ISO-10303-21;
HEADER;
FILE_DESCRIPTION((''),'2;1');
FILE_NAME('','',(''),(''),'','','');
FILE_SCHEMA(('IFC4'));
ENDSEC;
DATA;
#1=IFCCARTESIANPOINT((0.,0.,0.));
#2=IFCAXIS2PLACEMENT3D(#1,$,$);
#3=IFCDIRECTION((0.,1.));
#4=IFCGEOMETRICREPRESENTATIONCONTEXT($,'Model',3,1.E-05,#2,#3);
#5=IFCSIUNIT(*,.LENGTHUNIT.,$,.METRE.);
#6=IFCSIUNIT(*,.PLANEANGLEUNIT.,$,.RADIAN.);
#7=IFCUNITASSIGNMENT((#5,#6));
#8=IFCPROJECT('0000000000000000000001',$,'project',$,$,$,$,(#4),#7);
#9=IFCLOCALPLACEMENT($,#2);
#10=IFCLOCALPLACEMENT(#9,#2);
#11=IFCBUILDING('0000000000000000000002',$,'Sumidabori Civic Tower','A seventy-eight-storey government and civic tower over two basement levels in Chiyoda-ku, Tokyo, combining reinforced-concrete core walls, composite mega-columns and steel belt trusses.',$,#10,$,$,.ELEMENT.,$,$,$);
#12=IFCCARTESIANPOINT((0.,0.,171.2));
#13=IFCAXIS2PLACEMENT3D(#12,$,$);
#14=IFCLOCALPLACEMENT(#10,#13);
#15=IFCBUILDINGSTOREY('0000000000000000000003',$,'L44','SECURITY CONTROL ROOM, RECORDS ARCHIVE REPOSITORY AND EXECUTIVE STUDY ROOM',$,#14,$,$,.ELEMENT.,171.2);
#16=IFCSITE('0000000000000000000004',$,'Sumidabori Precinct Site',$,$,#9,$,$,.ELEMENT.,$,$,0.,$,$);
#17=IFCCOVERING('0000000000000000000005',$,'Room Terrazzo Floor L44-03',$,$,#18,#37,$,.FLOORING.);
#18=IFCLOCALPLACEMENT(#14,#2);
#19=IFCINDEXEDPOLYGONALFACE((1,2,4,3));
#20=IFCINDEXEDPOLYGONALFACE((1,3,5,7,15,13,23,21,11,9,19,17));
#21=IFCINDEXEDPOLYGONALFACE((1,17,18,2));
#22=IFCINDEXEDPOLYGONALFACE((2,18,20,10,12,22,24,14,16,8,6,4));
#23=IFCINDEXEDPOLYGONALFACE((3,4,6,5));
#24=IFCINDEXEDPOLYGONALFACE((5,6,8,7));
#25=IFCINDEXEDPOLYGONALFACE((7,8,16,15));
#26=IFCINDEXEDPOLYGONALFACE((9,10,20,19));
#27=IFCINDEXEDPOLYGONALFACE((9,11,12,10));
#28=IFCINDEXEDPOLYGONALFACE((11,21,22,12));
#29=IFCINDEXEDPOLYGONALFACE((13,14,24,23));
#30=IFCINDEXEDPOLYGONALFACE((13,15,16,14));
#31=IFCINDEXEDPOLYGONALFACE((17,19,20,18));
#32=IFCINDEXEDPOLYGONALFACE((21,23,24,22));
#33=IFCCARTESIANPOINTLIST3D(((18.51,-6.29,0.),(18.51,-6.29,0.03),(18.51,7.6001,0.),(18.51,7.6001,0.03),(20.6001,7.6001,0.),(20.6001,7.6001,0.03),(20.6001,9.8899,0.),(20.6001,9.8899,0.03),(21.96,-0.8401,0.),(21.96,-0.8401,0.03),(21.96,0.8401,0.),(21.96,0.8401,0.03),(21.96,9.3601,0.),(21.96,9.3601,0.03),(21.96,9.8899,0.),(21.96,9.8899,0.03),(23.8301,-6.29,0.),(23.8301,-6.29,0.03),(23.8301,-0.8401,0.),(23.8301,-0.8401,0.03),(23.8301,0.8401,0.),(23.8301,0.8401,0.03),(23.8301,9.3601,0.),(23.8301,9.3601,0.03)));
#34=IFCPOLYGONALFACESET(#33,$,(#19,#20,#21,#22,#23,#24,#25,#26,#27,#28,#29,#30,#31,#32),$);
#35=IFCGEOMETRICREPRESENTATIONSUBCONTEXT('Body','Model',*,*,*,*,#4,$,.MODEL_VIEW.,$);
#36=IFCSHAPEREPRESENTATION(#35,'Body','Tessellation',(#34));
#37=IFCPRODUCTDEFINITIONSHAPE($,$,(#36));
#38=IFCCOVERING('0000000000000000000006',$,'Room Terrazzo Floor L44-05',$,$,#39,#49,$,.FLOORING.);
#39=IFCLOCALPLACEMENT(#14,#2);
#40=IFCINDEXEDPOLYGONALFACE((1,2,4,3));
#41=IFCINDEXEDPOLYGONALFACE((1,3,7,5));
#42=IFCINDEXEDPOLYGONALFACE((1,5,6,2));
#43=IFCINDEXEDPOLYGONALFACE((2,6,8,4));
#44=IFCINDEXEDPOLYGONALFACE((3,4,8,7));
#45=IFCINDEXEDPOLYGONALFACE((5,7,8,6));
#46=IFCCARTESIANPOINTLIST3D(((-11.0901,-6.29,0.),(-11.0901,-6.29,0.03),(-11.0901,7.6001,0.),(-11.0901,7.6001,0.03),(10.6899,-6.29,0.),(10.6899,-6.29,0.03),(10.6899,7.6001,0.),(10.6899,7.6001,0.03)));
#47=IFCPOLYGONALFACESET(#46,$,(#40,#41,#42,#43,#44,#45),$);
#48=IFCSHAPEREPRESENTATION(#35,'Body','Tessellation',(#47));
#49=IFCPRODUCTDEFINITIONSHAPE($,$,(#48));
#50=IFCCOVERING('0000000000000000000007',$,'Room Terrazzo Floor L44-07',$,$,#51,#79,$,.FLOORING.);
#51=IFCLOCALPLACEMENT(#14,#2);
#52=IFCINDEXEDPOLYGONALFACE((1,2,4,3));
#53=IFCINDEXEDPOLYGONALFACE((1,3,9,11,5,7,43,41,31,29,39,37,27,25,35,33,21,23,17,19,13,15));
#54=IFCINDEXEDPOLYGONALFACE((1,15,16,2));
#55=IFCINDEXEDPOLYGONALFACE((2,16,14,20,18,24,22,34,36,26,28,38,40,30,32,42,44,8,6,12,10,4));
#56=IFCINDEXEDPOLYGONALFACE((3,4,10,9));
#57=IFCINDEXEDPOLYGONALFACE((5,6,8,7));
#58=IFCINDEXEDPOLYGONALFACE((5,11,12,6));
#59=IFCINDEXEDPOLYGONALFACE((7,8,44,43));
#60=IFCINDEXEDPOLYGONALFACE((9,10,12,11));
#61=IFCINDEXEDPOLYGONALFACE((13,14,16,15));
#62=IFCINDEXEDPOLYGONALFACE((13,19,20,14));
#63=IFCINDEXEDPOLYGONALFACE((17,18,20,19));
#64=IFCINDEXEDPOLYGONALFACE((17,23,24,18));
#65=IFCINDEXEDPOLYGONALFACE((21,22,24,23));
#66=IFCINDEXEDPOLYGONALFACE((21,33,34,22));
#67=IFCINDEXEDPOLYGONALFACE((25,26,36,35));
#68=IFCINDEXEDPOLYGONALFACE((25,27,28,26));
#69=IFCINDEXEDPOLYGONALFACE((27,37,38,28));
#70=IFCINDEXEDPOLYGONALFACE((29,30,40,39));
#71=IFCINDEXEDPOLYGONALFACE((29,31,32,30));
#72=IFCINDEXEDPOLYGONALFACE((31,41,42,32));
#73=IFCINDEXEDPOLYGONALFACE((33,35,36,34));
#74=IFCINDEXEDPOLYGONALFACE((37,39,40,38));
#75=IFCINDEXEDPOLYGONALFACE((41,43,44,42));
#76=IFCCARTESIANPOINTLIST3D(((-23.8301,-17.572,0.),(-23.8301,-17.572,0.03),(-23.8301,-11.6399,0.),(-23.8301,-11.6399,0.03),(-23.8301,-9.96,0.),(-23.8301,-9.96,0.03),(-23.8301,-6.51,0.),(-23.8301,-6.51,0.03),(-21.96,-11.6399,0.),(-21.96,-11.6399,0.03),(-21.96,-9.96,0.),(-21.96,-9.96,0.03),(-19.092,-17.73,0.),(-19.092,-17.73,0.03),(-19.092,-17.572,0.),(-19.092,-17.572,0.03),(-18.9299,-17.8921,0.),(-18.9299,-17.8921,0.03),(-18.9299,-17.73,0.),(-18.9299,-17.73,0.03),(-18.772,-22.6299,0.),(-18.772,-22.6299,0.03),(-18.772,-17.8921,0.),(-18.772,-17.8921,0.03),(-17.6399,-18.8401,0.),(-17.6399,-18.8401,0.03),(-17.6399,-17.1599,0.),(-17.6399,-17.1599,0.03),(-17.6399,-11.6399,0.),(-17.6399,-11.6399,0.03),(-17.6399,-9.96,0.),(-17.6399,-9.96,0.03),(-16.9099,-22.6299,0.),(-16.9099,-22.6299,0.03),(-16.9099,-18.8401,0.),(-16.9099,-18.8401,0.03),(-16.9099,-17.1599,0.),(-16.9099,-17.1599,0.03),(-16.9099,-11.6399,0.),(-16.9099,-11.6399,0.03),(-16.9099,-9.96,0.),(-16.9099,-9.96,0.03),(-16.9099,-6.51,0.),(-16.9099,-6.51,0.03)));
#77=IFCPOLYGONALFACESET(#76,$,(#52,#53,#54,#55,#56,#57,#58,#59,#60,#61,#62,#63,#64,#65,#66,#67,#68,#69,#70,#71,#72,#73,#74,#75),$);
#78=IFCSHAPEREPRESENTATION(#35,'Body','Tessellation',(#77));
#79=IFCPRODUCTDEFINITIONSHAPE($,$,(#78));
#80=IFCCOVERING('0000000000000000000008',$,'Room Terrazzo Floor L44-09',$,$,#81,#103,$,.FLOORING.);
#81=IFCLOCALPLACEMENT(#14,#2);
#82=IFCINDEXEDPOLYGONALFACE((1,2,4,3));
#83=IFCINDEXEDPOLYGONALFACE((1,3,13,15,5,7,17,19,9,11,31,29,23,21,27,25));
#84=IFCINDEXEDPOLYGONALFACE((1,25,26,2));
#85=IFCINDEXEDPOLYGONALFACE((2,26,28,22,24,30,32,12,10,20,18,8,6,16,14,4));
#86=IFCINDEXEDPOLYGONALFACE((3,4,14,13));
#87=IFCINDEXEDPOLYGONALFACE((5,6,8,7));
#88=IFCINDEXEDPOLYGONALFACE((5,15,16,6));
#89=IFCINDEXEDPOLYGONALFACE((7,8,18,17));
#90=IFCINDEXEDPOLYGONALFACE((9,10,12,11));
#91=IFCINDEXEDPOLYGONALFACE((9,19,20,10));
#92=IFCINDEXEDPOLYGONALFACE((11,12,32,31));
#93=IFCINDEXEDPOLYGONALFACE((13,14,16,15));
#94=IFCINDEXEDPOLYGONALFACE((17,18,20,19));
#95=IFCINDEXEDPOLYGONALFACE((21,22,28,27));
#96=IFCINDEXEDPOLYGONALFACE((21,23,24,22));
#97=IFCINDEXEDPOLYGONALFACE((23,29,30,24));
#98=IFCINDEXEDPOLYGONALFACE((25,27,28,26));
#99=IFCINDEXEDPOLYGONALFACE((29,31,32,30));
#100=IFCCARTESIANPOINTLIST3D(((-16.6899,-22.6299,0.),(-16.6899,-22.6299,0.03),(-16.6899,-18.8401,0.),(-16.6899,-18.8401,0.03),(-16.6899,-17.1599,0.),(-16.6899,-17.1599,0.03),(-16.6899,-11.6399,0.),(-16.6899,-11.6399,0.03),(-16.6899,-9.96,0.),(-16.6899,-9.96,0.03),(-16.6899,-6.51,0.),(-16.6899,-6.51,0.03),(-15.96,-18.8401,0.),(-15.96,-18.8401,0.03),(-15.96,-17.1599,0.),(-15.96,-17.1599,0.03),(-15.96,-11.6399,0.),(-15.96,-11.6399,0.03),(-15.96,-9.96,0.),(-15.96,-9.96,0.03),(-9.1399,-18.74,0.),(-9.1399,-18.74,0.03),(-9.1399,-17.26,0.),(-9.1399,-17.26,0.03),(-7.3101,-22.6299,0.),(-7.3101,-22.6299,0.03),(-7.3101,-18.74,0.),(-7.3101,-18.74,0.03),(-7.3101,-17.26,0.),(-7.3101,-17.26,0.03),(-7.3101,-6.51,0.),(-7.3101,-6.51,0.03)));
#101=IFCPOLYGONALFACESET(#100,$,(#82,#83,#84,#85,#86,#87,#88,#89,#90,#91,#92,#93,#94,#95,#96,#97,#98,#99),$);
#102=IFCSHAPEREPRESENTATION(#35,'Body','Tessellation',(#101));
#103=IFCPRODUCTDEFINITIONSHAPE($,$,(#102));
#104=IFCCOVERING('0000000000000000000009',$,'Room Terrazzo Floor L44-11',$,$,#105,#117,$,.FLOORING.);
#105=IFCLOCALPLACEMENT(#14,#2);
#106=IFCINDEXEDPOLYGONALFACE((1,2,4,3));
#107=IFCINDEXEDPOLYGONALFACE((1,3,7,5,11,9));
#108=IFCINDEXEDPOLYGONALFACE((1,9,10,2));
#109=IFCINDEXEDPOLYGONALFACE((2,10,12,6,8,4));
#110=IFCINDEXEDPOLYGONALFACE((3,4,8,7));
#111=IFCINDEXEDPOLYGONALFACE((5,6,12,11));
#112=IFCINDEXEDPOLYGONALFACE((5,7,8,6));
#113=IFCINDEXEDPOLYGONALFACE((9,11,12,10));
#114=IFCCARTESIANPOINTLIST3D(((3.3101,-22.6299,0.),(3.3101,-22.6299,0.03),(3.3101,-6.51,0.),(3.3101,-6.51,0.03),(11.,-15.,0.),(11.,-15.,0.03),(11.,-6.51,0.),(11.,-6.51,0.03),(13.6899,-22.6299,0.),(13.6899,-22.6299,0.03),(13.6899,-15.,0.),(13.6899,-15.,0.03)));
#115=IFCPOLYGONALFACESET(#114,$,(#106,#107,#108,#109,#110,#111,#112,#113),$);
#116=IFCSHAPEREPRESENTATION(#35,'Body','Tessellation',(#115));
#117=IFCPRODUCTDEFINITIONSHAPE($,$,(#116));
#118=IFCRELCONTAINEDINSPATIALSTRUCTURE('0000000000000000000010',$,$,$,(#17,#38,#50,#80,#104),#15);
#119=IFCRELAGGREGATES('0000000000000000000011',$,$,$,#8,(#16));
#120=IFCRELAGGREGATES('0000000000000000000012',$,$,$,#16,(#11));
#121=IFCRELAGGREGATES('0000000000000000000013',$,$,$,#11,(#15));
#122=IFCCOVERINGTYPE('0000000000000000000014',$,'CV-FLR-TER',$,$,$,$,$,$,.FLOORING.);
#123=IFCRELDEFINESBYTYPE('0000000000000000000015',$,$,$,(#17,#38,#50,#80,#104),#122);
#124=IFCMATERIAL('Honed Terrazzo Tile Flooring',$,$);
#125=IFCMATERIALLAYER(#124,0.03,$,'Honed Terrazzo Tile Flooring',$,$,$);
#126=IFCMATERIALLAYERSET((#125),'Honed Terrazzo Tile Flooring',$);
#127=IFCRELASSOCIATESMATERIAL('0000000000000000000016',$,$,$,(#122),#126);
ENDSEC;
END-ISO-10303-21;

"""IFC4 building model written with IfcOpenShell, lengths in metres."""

from ifc_helpers import new_model, si_unit, direction, frame, origin, place, context, subcontext, project, spatial, polyline, outline, extrude, material, layer, layer_set, type_object, element, save


model = new_model("IFC4")

# Units and contexts
model_context = context("Model", 3, precision=1e-05, world=origin(), true_north=direction((0.0, 1.0)))
body_context = subcontext(model_context, "Body", "Model", "MODEL_VIEW")
ifc_project = project(units=[si_unit("LENGTHUNIT", "METRE"), si_unit("PLANEANGLEUNIT", "RADIAN")], contexts=[model_context])

# Site, building, storey
site_placement = place(None, origin())
site = spatial("IfcSite", under=ifc_project, at=site_placement, Name="Sumidabori Precinct Site", CompositionType="ELEMENT", RefElevation=0.0)
building_placement = place(site_placement, origin())
building = spatial("IfcBuilding", under=site, at=building_placement, Name="Sumidabori Civic Tower", Description="A seventy-eight-storey government and civic tower over two basement levels in Chiyoda-ku, Tokyo, combining reinforced-concrete core walls, composite mega-columns and steel belt trusses.", CompositionType="ELEMENT")
storey_placement = place(building_placement, frame((0.0, 0.0, 171.2)))
storey = spatial("IfcBuildingStorey", under=building, at=storey_placement, Name="L44", Description="SECURITY CONTROL ROOM, RECORDS ARCHIVE REPOSITORY AND EXECUTIVE STUDY ROOM", CompositionType="ELEMENT", Elevation=171.2)

# Coverings
ifc_material_1 = material(Name="Honed Terrazzo Tile Flooring")
ifc_layer_1 = layer(ifc_material_1, 0.03, Name="Honed Terrazzo Tile Flooring")
ifc_layer_set_1 = layer_set([ifc_layer_1], Name="Honed Terrazzo Tile Flooring")
covering_type_1 = type_object("IfcCoveringType", Name="CV-FLR-TER", PredefinedType="FLOORING", material=ifc_layer_set_1)
covering_1_placement = place(storey_placement, origin())
element("IfcCovering", 1, at=covering_1_placement, inside=storey, type_object=covering_type_1, Name="Room Terrazzo Floor L44-03", PredefinedType="FLOORING", context=body_context, shape_type="SweptSolid", body=[
    extrude(outline(polyline([(18.51, 7.6001), (20.6001, 7.6001), (20.6001, 9.8899), (21.96, 9.8899), (21.96, 9.3601), (23.8301, 9.3601), (23.8301, 0.8401), (21.96, 0.8401), (21.96, -0.8401), (23.8301, -0.8401), (23.8301, -6.29), (18.51, -6.29), (18.51, 7.6001)])), origin(), (0.0, 0.0, 1.0), 0.03),
])
covering_2_placement = place(storey_placement, origin())
element("IfcCovering", 2, at=covering_2_placement, inside=storey, type_object=covering_type_1, Name="Room Terrazzo Floor L44-05", PredefinedType="FLOORING", context=body_context, shape_type="SweptSolid", body=[
    extrude(outline(polyline([(-11.0901, 7.6001), (10.6899, 7.6001), (10.6899, -6.29), (-11.0901, -6.29), (-11.0901, 7.6001)])), origin(), (0.0, 0.0, 1.0), 0.03),
])
covering_3_placement = place(storey_placement, origin())
element("IfcCovering", 3, at=covering_3_placement, inside=storey, type_object=covering_type_1, Name="Room Terrazzo Floor L44-07", PredefinedType="FLOORING", context=body_context, shape_type="SweptSolid", body=[
    extrude(outline(polyline([(-21.96, -11.6399), (-21.96, -9.96), (-23.8301, -9.96), (-23.8301, -6.51), (-16.9099, -6.51), (-16.9099, -9.96), (-17.6399, -9.96), (-17.6399, -11.6399), (-16.9099, -11.6399), (-16.9099, -17.1599), (-17.6399, -17.1599), (-17.6399, -18.8401), (-16.9099, -18.8401), (-16.9099, -22.6299), (-18.772, -22.6299), (-18.772, -17.8921), (-18.9299, -17.8921), (-18.9299, -17.73), (-19.092, -17.73), (-19.092, -17.572), (-23.8301, -17.572), (-23.8301, -11.6399), (-21.96, -11.6399)])), origin(), (0.0, 0.0, 1.0), 0.03),
])
covering_4_placement = place(storey_placement, origin())
element("IfcCovering", 4, at=covering_4_placement, inside=storey, type_object=covering_type_1, Name="Room Terrazzo Floor L44-09", PredefinedType="FLOORING", context=body_context, shape_type="SweptSolid", body=[
    extrude(outline(polyline([(-16.6899, -18.8401), (-15.96, -18.8401), (-15.96, -17.1599), (-16.6899, -17.1599), (-16.6899, -11.6399), (-15.96, -11.6399), (-15.96, -9.96), (-16.6899, -9.96), (-16.6899, -6.51), (-7.3101, -6.51), (-7.3101, -17.26), (-9.1399, -17.26), (-9.1399, -18.74), (-7.3101, -18.74), (-7.3101, -22.6299), (-16.6899, -22.6299), (-16.6899, -18.8401)])), origin(), (0.0, 0.0, 1.0), 0.03),
])
covering_5_placement = place(storey_placement, origin())
element("IfcCovering", 5, at=covering_5_placement, inside=storey, type_object=covering_type_1, Name="Room Terrazzo Floor L44-11", PredefinedType="FLOORING", context=body_context, shape_type="SweptSolid", body=[
    extrude(outline(polyline([(3.3101, -6.51), (11.0, -6.51), (11.0, -15.0), (13.6899, -15.0), (13.6899, -22.6299), (3.3101, -22.6299), (3.3101, -6.51)])), origin(), (0.0, 0.0, 1.0), 0.03),
])

save(model, "model.ifc")
